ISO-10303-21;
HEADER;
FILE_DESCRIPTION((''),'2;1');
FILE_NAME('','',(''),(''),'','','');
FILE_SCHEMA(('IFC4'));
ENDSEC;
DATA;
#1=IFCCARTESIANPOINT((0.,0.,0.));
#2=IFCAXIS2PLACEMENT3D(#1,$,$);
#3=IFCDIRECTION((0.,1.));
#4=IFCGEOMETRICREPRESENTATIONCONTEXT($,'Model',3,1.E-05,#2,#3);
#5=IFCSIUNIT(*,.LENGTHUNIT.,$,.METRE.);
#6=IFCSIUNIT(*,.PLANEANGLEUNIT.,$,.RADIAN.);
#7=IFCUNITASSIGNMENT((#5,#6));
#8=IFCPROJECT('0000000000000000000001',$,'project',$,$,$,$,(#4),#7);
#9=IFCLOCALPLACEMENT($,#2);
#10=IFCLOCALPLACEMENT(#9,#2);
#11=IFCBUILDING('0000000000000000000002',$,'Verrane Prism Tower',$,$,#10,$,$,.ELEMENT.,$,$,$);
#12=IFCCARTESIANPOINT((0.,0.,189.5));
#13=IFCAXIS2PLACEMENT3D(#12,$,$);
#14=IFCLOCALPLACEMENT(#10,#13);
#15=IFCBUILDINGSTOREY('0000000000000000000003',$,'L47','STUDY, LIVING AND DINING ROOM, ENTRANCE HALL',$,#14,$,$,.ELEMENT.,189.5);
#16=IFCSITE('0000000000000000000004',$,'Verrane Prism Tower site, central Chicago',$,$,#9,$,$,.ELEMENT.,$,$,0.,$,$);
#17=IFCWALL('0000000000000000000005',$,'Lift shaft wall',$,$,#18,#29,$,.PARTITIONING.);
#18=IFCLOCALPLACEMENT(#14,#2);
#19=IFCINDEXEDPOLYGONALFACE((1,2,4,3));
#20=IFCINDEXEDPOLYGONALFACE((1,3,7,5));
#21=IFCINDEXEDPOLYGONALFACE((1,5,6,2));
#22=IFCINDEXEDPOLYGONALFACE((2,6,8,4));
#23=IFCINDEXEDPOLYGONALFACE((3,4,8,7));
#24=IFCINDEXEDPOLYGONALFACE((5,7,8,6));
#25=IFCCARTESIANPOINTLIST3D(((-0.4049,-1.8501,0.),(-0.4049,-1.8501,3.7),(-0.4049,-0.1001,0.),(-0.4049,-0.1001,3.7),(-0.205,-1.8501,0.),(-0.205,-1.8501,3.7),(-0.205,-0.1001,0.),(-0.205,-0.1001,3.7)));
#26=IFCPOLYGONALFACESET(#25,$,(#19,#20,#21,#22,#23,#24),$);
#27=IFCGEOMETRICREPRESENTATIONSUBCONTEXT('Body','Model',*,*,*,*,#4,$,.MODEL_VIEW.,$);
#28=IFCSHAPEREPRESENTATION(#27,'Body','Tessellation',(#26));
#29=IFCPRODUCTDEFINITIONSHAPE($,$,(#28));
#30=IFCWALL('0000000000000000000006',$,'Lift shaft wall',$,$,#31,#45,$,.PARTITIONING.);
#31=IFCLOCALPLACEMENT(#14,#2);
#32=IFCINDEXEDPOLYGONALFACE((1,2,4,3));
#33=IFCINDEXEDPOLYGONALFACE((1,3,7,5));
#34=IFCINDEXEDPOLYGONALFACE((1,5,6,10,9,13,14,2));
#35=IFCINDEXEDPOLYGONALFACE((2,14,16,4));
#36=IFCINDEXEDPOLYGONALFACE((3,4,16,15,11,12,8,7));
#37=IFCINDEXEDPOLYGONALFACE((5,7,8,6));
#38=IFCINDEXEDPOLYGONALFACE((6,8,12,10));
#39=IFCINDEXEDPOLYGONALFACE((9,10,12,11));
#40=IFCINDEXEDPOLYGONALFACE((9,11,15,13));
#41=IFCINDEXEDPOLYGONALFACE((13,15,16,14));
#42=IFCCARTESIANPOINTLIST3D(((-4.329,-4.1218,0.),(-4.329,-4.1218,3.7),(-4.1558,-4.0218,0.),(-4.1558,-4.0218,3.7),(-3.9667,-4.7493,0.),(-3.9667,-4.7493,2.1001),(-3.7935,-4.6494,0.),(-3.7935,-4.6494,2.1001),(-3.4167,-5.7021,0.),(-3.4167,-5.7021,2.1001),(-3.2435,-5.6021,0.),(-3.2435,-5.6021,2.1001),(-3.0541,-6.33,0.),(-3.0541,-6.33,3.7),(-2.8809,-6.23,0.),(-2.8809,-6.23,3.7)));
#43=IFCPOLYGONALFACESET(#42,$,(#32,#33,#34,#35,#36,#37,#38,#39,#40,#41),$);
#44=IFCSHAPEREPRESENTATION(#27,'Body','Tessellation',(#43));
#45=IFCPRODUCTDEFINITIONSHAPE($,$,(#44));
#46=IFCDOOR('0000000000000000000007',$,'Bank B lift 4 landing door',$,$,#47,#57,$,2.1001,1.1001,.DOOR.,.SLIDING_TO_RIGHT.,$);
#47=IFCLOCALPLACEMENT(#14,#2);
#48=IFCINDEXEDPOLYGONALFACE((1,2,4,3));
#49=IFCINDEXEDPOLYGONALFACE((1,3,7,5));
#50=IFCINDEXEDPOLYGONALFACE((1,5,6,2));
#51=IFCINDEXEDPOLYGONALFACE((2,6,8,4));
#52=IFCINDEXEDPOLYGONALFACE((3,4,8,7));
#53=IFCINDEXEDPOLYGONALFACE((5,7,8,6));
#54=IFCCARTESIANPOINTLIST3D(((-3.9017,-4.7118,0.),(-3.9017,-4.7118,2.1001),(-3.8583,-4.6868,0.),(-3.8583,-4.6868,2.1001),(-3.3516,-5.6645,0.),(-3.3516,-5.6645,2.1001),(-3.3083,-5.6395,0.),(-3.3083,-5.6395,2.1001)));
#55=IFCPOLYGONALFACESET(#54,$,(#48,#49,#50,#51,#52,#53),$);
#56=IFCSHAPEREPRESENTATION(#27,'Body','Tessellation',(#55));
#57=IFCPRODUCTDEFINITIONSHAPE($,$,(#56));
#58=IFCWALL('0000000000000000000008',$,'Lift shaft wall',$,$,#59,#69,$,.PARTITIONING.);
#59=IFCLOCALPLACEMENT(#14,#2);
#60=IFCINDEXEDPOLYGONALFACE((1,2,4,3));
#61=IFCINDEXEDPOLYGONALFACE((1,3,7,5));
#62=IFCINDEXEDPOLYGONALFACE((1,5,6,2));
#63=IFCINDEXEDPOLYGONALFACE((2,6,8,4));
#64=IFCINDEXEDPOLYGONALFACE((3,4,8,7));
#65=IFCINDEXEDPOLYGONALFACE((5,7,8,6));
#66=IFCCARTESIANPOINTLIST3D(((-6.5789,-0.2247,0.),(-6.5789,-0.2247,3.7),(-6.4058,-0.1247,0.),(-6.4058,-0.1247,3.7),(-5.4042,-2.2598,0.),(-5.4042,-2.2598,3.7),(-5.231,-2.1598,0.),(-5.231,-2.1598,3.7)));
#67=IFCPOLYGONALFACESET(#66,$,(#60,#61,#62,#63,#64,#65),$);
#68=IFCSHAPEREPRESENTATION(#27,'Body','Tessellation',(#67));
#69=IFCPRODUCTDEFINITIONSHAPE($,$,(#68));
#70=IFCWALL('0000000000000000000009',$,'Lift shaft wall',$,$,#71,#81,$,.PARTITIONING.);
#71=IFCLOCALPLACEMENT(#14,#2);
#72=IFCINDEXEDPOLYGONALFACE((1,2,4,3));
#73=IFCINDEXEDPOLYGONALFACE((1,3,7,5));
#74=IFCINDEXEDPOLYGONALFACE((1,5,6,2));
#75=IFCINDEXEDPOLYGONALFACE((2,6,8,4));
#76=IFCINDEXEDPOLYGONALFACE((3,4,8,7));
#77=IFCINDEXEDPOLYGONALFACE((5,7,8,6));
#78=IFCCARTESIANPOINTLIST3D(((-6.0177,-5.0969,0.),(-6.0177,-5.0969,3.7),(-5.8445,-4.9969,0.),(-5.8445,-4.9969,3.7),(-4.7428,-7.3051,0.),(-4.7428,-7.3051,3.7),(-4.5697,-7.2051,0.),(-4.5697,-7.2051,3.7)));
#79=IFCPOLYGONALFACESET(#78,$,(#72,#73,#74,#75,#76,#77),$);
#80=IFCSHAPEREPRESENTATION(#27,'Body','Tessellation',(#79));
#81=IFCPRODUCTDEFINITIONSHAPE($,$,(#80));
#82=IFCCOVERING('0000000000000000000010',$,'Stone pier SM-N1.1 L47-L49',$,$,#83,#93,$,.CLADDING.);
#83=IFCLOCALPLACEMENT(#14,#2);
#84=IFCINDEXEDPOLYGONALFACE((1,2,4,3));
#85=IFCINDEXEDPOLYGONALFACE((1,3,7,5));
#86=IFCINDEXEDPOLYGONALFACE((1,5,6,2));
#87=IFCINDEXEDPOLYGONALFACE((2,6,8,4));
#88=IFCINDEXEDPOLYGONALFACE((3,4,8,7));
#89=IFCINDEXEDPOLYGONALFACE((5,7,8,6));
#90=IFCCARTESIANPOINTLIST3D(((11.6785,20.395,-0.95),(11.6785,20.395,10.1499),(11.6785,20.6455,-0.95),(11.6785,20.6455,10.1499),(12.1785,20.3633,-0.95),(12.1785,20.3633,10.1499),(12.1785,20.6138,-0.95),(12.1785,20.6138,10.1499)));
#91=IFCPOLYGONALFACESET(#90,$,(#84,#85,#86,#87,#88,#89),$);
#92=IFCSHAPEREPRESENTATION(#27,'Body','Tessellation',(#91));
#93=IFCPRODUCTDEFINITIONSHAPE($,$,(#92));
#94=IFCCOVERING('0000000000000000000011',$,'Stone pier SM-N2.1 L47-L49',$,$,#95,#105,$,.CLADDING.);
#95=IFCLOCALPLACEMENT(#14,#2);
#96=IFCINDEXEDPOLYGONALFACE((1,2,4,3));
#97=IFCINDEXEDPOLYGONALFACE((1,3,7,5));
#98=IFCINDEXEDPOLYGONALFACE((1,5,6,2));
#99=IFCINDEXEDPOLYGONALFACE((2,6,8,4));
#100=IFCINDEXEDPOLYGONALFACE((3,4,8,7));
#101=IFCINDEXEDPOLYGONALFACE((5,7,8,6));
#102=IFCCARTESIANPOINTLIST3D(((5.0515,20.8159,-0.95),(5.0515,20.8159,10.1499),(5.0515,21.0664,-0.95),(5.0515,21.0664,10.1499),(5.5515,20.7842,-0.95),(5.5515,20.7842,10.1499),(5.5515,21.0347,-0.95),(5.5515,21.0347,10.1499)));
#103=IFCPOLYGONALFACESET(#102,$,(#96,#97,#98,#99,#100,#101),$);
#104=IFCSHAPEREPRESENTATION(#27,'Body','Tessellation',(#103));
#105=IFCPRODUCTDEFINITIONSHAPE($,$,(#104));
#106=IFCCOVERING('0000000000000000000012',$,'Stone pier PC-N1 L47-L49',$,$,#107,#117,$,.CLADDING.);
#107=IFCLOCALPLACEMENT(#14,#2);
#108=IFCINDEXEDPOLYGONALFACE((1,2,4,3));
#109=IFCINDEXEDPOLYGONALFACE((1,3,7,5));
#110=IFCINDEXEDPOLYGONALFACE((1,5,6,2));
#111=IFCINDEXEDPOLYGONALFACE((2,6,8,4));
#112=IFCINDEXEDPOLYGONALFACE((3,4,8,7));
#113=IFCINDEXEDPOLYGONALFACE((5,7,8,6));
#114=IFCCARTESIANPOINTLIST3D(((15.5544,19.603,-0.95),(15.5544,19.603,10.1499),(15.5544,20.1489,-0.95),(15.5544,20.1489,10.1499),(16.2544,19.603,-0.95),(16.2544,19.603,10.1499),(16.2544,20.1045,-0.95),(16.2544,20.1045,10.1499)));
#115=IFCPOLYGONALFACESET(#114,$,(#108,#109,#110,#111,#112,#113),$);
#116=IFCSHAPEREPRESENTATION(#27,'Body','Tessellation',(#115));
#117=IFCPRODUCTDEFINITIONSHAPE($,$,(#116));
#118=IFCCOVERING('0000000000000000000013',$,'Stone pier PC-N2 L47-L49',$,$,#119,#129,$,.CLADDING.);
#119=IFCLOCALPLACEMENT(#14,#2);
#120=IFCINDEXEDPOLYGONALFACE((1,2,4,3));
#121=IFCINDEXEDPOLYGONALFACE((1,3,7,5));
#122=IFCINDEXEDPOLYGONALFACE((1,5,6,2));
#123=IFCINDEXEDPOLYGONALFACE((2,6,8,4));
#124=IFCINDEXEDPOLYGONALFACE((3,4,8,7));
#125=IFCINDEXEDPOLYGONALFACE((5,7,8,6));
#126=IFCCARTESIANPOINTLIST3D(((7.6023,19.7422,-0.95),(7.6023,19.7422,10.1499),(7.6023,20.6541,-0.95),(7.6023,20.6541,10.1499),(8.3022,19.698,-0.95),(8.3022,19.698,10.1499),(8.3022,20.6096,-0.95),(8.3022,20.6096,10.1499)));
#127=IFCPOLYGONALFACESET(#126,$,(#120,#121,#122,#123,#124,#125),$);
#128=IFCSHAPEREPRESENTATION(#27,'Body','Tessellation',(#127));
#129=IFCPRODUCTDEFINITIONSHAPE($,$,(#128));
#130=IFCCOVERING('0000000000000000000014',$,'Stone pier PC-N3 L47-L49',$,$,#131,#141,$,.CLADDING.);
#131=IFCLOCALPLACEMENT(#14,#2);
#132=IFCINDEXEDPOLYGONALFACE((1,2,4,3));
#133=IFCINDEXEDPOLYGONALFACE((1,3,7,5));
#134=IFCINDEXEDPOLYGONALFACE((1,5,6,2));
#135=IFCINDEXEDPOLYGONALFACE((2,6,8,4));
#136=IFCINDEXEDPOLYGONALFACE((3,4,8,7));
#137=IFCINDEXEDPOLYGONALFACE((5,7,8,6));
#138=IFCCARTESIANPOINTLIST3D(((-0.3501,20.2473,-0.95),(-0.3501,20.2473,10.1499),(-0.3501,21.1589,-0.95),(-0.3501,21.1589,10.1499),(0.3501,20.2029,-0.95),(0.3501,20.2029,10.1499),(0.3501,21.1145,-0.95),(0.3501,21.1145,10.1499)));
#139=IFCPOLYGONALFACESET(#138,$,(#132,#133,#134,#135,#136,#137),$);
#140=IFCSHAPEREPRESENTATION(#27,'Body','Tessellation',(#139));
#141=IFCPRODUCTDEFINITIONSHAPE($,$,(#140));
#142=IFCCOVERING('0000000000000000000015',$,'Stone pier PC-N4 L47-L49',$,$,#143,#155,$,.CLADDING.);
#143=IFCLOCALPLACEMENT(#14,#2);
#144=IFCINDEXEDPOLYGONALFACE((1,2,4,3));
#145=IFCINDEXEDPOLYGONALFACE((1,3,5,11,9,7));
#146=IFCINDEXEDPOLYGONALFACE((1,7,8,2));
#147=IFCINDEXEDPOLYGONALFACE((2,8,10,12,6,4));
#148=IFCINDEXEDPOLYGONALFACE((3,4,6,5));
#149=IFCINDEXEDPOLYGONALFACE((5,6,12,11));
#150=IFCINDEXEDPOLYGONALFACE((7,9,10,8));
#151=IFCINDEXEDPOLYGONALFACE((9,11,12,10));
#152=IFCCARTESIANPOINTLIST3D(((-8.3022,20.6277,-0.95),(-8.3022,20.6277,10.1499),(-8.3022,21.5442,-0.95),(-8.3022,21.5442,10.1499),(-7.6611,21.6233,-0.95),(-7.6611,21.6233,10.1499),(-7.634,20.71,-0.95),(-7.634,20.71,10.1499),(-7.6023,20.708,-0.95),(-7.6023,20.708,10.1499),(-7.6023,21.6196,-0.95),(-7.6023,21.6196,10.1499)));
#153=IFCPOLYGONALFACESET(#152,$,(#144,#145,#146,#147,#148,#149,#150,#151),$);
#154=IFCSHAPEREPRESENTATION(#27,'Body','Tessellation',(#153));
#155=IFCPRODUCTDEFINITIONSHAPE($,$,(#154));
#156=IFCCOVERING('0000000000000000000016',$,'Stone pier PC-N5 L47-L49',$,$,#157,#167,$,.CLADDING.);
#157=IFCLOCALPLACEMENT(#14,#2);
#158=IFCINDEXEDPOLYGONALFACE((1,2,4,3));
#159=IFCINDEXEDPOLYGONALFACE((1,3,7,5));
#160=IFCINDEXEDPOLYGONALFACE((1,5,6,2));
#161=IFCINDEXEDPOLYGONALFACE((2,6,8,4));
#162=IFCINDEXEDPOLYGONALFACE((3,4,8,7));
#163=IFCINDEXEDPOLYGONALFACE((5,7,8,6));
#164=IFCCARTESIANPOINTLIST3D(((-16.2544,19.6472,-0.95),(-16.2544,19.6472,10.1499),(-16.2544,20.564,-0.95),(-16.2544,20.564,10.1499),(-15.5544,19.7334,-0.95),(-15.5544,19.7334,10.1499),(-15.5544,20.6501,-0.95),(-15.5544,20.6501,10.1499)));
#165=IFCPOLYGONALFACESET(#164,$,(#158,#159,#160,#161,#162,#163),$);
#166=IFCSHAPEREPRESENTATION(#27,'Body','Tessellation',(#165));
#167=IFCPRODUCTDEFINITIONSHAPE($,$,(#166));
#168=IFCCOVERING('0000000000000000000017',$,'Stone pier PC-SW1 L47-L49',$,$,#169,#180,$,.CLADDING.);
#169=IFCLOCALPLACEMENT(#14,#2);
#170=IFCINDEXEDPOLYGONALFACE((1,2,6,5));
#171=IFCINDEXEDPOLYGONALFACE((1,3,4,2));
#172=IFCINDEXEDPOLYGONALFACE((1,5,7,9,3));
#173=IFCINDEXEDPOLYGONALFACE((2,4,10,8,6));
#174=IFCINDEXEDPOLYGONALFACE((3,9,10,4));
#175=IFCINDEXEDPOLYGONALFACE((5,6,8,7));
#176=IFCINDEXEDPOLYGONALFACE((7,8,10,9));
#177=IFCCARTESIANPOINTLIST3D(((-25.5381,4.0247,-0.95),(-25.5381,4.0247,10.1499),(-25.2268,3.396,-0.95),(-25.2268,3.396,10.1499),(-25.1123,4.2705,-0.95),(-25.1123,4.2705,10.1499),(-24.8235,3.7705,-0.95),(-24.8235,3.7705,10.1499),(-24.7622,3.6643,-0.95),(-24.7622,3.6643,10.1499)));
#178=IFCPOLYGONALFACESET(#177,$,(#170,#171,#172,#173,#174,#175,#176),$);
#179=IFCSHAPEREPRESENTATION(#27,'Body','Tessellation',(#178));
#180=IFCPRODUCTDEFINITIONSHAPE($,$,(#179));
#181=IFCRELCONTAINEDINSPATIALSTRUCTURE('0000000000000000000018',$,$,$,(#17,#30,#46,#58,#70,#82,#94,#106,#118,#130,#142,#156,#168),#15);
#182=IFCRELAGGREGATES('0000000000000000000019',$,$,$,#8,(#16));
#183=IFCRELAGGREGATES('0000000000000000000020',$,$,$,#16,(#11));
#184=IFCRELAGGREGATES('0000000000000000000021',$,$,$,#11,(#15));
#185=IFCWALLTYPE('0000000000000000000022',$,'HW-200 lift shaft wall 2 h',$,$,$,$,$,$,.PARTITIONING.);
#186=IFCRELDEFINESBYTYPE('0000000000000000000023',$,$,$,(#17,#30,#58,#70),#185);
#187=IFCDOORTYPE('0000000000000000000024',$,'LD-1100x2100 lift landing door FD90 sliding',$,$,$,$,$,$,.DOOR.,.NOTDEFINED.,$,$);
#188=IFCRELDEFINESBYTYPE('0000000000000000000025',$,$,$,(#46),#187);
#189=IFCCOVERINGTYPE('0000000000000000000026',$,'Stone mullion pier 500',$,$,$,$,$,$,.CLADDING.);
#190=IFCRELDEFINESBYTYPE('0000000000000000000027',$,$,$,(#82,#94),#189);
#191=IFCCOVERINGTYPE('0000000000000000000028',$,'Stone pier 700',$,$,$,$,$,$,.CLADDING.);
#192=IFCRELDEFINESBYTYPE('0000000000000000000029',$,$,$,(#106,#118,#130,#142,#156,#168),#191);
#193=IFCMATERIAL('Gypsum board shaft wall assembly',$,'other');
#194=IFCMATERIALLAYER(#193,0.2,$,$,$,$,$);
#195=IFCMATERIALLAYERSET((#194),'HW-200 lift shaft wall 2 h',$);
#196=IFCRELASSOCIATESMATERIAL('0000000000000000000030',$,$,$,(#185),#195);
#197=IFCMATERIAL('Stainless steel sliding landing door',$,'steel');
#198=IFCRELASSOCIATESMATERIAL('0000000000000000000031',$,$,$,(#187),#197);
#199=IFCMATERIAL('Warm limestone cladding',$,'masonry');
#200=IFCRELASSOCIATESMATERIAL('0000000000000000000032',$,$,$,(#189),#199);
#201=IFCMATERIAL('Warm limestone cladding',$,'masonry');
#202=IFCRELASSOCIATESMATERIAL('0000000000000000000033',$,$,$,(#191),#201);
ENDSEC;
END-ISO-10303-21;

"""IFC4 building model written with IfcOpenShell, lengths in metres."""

from ifc_helpers import new_model, si_unit, direction, frame, frame_2d, origin, place, context, subcontext, project, spatial, polyline, rectangle, outline, extrude, material, layer, layer_set, type_object, element, fill, save


model = new_model("IFC4")

# Units and contexts
model_context = context("Model", 3, precision=1e-05, world=origin(), true_north=direction((0.0, 1.0)))
body_context = subcontext(model_context, "Body", "Model", "MODEL_VIEW")
ifc_project = project(units=[si_unit("LENGTHUNIT", "METRE"), si_unit("PLANEANGLEUNIT", "RADIAN")], contexts=[model_context])

# Site, building, storey
site_placement = place(None, origin())
site = spatial("IfcSite", under=ifc_project, at=site_placement, Name="Verrane Prism Tower site, central Chicago", CompositionType="ELEMENT", RefElevation=0.0)
building_placement = place(site_placement, origin())
building = spatial("IfcBuilding", under=site, at=building_placement, Name="Verrane Prism Tower", CompositionType="ELEMENT")
storey_placement = place(building_placement, frame((0.0, 0.0, 189.5)))
storey = spatial("IfcBuildingStorey", under=building, at=storey_placement, Name="L47", Description="STUDY, LIVING AND DINING ROOM, ENTRANCE HALL", CompositionType="ELEMENT", Elevation=189.5)

# Shared definitions
ifc_material_1 = material(Name="Gypsum board shaft wall assembly", Category="other")
ifc_layer_1 = layer(ifc_material_1, 0.2)
ifc_layer_set_1 = layer_set([ifc_layer_1], Name="HW-200 lift shaft wall 2 h")
wall_type_1 = type_object("IfcWallType", Name="HW-200 lift shaft wall 2 h", PredefinedType="PARTITIONING", material=ifc_layer_set_1)
ifc_material_2 = material(Name="Stainless steel sliding landing door", Category="steel")
door_type_1 = type_object("IfcDoorType", Name="LD-1100x2100 lift landing door FD90 sliding", OperationType="NOTDEFINED", PredefinedType="DOOR", material=ifc_material_2)

# Wall
for number, where, z_axis, x_axis, name in (
    (1, (-0.3049, -1.8501, 0.0), (0.0, 0.0, 1.0), (0.0, 1.0, 0.0), "Lift shaft wall"),
):
    element("IfcWall", number, at=place(storey_placement, frame(where, z_axis=z_axis, x_axis=x_axis)), inside=storey, type_object=wall_type_1, Name=name, PredefinedType="PARTITIONING", context=body_context, shape_type="SweptSolid", body=[
        extrude(rectangle(XDim=1.75, YDim=0.2, at=frame_2d((0.875, 0.0))), origin(), (0.0, 0.0, 1.0), 3.7),
    ])

# Wall, opening, door
wall_1_placement = place(storey_placement, frame((-2.9675, -6.28, 0.0), z_axis=(0.0, 0.0, 1.0), x_axis=(-0.49999, 0.866031, 0.0)))
wall_1 = element("IfcWall", 2, at=wall_1_placement, inside=storey, type_object=wall_type_1, Name="Lift shaft wall", PredefinedType="PARTITIONING", context=body_context, shape_type="SweptSolid", body=[
    extrude(rectangle(XDim=2.5498, YDim=0.2, at=frame_2d((1.2749, 0.0))), origin(), (0.0, 0.0, 1.0), 3.7),
])
opening_1_placement = place(wall_1_placement, frame((0.7251, 0.0, 0.0)))
opening_1 = element("IfcOpeningElement", 3, at=opening_1_placement, cuts=wall_1, PredefinedType="OPENING", context=body_context, shape_type="SweptSolid", body=[
    extrude(rectangle(XDim=1.1001, YDim=2.1001, at=frame_2d((0.55, 1.05))), frame((0.0, 0.1099, 0.0), z_axis=(0.0, -1.0, 0.0), x_axis=(1.0, 0.0, 0.0)), (0.0, 0.0, 1.0), 0.22),
])
door_1_placement = place(opening_1_placement, origin())
door_1 = element("IfcDoor", 4, at=door_1_placement, inside=storey, type_object=door_type_1, Name="Bank B lift 4 landing door", OperationType="SLIDING_TO_RIGHT", OverallHeight=2.1001, OverallWidth=1.1001, PredefinedType="DOOR", context=body_context, shape_type="SweptSolid", body=[
    extrude(rectangle(XDim=1.1001, YDim=2.1001, at=frame_2d((0.55, 1.05))), frame((0.0, 0.0249, 0.0), z_axis=(0.0, -1.0, 0.0), x_axis=(1.0, 0.0, 0.0)), (0.0, 0.0, 1.0), 0.05),
])
fill(opening_1, door_1)

# Walls
wall_2_placement = place(storey_placement, frame((-5.3176, -2.2097, 0.0), z_axis=(0.0, 0.0, 1.0), x_axis=(-0.499938, 0.866061, 0.0)))
element("IfcWall", 5, at=wall_2_placement, inside=storey, type_object=wall_type_1, Name="Lift shaft wall", PredefinedType="PARTITIONING", context=body_context, shape_type="SweptSolid", body=[
    extrude(rectangle(XDim=2.3499, YDim=0.2, at=frame_2d((1.1748, 0.0))), origin(), (0.0, 0.0, 1.0), 3.7),
])
wall_3_placement = place(storey_placement, frame((-4.6562, -7.2551, 0.0), z_axis=(0.0, 0.0, 1.0), x_axis=(-0.49999, 0.866031, 0.0)))
element("IfcWall", 6, at=wall_3_placement, inside=storey, type_object=wall_type_1, Name="Lift shaft wall", PredefinedType="PARTITIONING", context=body_context, shape_type="SweptSolid", body=[
    extrude(rectangle(XDim=2.5498, YDim=0.2, at=frame_2d((1.2749, 0.0))), origin(), (0.0, 0.0, 1.0), 3.7),
])

# Coverings
ifc_material_3 = material(Name="Warm limestone cladding", Category="masonry")
covering_type_1 = type_object("IfcCoveringType", Name="Stone mullion pier 500", PredefinedType="CLADDING", material=ifc_material_3)
covering_1_placement = place(storey_placement, frame((0.0, 0.0, -0.95)))
element("IfcCovering", 7, at=covering_1_placement, inside=storey, type_object=covering_type_1, Name="Stone pier SM-N1.1 L47-L49", PredefinedType="CLADDING", context=body_context, shape_type="SweptSolid", body=[
    extrude(outline(polyline([(11.6785, 20.395), (12.1785, 20.3633), (12.1785, 20.6138), (11.6785, 20.6455), (11.6785, 20.395)])), origin(), (0.0, 0.0, 1.0), 11.0999),
])
covering_2_placement = place(storey_placement, frame((0.0, 0.0, -0.95)))
element("IfcCovering", 8, at=covering_2_placement, inside=storey, type_object=covering_type_1, Name="Stone pier SM-N2.1 L47-L49", PredefinedType="CLADDING", context=body_context, shape_type="SweptSolid", body=[
    extrude(outline(polyline([(5.0515, 20.8159), (5.5515, 20.7842), (5.5515, 21.0347), (5.0515, 21.0664), (5.0515, 20.8159)])), origin(), (0.0, 0.0, 1.0), 11.0999),
])
ifc_material_4 = material(Name="Warm limestone cladding", Category="masonry")
covering_type_2 = type_object("IfcCoveringType", Name="Stone pier 700", PredefinedType="CLADDING", material=ifc_material_4)
covering_3_placement = place(storey_placement, frame((0.0, 0.0, -0.95)))
element("IfcCovering", 9, at=covering_3_placement, inside=storey, type_object=covering_type_2, Name="Stone pier PC-N1 L47-L49", PredefinedType="CLADDING", context=body_context, shape_type="SweptSolid", body=[
    extrude(outline(polyline([(15.5544, 19.603), (16.2544, 19.603), (16.2544, 20.1045), (15.5544, 20.1489), (15.5544, 19.603)])), origin(), (0.0, 0.0, 1.0), 11.0999),
])
covering_4_placement = place(storey_placement, frame((0.0, 0.0, -0.95)))
element("IfcCovering", 10, at=covering_4_placement, inside=storey, type_object=covering_type_2, Name="Stone pier PC-N2 L47-L49", PredefinedType="CLADDING", context=body_context, shape_type="SweptSolid", body=[
    extrude(outline(polyline([(7.6023, 20.6541), (7.6023, 19.7422), (8.3022, 19.698), (8.3022, 20.6096), (7.6023, 20.6541)])), origin(), (0.0, 0.0, 1.0), 11.0999),
])
covering_5_placement = place(storey_placement, frame((0.0, 0.0, -0.95)))
element("IfcCovering", 11, at=covering_5_placement, inside=storey, type_object=covering_type_2, Name="Stone pier PC-N3 L47-L49", PredefinedType="CLADDING", context=body_context, shape_type="SweptSolid", body=[
    extrude(outline(polyline([(-0.3501, 21.1589), (-0.3501, 20.2473), (0.3501, 20.2029), (0.3501, 21.1145), (-0.3501, 21.1589)])), origin(), (0.0, 0.0, 1.0), 11.0999),
])
covering_6_placement = place(storey_placement, frame((0.0, 0.0, -0.95)))
element("IfcCovering", 12, at=covering_6_placement, inside=storey, type_object=covering_type_2, Name="Stone pier PC-N4 L47-L49", PredefinedType="CLADDING", context=body_context, shape_type="SweptSolid", body=[
    extrude(outline(polyline([(-8.3022, 21.5442), (-8.3022, 20.6277), (-7.634, 20.71), (-7.6023, 20.708), (-7.6023, 21.6196), (-7.6611, 21.6233), (-8.3022, 21.5442)])), origin(), (0.0, 0.0, 1.0), 11.0999),
])
covering_7_placement = place(storey_placement, frame((0.0, 0.0, -0.95)))
element("IfcCovering", 13, at=covering_7_placement, inside=storey, type_object=covering_type_2, Name="Stone pier PC-N5 L47-L49", PredefinedType="CLADDING", context=body_context, shape_type="SweptSolid", body=[
    extrude(outline(polyline([(-16.2544, 20.564), (-16.2544, 19.6472), (-15.5544, 19.7334), (-15.5544, 20.6501), (-16.2544, 20.564)])), origin(), (0.0, 0.0, 1.0), 11.0999),
])
covering_8_placement = place(storey_placement, frame((0.0, 0.0, -0.95)))
element("IfcCovering", 14, at=covering_8_placement, inside=storey, type_object=covering_type_2, Name="Stone pier PC-SW1 L47-L49", PredefinedType="CLADDING", context=body_context, shape_type="SweptSolid", body=[
    extrude(outline(polyline([(-24.7622, 3.6643), (-24.8235, 3.7705), (-25.1123, 4.2705), (-25.5381, 4.0247), (-25.2268, 3.396), (-24.7622, 3.6643)])), origin(), (0.0, 0.0, 1.0), 11.0999),
])

save(model, "model.ifc")
